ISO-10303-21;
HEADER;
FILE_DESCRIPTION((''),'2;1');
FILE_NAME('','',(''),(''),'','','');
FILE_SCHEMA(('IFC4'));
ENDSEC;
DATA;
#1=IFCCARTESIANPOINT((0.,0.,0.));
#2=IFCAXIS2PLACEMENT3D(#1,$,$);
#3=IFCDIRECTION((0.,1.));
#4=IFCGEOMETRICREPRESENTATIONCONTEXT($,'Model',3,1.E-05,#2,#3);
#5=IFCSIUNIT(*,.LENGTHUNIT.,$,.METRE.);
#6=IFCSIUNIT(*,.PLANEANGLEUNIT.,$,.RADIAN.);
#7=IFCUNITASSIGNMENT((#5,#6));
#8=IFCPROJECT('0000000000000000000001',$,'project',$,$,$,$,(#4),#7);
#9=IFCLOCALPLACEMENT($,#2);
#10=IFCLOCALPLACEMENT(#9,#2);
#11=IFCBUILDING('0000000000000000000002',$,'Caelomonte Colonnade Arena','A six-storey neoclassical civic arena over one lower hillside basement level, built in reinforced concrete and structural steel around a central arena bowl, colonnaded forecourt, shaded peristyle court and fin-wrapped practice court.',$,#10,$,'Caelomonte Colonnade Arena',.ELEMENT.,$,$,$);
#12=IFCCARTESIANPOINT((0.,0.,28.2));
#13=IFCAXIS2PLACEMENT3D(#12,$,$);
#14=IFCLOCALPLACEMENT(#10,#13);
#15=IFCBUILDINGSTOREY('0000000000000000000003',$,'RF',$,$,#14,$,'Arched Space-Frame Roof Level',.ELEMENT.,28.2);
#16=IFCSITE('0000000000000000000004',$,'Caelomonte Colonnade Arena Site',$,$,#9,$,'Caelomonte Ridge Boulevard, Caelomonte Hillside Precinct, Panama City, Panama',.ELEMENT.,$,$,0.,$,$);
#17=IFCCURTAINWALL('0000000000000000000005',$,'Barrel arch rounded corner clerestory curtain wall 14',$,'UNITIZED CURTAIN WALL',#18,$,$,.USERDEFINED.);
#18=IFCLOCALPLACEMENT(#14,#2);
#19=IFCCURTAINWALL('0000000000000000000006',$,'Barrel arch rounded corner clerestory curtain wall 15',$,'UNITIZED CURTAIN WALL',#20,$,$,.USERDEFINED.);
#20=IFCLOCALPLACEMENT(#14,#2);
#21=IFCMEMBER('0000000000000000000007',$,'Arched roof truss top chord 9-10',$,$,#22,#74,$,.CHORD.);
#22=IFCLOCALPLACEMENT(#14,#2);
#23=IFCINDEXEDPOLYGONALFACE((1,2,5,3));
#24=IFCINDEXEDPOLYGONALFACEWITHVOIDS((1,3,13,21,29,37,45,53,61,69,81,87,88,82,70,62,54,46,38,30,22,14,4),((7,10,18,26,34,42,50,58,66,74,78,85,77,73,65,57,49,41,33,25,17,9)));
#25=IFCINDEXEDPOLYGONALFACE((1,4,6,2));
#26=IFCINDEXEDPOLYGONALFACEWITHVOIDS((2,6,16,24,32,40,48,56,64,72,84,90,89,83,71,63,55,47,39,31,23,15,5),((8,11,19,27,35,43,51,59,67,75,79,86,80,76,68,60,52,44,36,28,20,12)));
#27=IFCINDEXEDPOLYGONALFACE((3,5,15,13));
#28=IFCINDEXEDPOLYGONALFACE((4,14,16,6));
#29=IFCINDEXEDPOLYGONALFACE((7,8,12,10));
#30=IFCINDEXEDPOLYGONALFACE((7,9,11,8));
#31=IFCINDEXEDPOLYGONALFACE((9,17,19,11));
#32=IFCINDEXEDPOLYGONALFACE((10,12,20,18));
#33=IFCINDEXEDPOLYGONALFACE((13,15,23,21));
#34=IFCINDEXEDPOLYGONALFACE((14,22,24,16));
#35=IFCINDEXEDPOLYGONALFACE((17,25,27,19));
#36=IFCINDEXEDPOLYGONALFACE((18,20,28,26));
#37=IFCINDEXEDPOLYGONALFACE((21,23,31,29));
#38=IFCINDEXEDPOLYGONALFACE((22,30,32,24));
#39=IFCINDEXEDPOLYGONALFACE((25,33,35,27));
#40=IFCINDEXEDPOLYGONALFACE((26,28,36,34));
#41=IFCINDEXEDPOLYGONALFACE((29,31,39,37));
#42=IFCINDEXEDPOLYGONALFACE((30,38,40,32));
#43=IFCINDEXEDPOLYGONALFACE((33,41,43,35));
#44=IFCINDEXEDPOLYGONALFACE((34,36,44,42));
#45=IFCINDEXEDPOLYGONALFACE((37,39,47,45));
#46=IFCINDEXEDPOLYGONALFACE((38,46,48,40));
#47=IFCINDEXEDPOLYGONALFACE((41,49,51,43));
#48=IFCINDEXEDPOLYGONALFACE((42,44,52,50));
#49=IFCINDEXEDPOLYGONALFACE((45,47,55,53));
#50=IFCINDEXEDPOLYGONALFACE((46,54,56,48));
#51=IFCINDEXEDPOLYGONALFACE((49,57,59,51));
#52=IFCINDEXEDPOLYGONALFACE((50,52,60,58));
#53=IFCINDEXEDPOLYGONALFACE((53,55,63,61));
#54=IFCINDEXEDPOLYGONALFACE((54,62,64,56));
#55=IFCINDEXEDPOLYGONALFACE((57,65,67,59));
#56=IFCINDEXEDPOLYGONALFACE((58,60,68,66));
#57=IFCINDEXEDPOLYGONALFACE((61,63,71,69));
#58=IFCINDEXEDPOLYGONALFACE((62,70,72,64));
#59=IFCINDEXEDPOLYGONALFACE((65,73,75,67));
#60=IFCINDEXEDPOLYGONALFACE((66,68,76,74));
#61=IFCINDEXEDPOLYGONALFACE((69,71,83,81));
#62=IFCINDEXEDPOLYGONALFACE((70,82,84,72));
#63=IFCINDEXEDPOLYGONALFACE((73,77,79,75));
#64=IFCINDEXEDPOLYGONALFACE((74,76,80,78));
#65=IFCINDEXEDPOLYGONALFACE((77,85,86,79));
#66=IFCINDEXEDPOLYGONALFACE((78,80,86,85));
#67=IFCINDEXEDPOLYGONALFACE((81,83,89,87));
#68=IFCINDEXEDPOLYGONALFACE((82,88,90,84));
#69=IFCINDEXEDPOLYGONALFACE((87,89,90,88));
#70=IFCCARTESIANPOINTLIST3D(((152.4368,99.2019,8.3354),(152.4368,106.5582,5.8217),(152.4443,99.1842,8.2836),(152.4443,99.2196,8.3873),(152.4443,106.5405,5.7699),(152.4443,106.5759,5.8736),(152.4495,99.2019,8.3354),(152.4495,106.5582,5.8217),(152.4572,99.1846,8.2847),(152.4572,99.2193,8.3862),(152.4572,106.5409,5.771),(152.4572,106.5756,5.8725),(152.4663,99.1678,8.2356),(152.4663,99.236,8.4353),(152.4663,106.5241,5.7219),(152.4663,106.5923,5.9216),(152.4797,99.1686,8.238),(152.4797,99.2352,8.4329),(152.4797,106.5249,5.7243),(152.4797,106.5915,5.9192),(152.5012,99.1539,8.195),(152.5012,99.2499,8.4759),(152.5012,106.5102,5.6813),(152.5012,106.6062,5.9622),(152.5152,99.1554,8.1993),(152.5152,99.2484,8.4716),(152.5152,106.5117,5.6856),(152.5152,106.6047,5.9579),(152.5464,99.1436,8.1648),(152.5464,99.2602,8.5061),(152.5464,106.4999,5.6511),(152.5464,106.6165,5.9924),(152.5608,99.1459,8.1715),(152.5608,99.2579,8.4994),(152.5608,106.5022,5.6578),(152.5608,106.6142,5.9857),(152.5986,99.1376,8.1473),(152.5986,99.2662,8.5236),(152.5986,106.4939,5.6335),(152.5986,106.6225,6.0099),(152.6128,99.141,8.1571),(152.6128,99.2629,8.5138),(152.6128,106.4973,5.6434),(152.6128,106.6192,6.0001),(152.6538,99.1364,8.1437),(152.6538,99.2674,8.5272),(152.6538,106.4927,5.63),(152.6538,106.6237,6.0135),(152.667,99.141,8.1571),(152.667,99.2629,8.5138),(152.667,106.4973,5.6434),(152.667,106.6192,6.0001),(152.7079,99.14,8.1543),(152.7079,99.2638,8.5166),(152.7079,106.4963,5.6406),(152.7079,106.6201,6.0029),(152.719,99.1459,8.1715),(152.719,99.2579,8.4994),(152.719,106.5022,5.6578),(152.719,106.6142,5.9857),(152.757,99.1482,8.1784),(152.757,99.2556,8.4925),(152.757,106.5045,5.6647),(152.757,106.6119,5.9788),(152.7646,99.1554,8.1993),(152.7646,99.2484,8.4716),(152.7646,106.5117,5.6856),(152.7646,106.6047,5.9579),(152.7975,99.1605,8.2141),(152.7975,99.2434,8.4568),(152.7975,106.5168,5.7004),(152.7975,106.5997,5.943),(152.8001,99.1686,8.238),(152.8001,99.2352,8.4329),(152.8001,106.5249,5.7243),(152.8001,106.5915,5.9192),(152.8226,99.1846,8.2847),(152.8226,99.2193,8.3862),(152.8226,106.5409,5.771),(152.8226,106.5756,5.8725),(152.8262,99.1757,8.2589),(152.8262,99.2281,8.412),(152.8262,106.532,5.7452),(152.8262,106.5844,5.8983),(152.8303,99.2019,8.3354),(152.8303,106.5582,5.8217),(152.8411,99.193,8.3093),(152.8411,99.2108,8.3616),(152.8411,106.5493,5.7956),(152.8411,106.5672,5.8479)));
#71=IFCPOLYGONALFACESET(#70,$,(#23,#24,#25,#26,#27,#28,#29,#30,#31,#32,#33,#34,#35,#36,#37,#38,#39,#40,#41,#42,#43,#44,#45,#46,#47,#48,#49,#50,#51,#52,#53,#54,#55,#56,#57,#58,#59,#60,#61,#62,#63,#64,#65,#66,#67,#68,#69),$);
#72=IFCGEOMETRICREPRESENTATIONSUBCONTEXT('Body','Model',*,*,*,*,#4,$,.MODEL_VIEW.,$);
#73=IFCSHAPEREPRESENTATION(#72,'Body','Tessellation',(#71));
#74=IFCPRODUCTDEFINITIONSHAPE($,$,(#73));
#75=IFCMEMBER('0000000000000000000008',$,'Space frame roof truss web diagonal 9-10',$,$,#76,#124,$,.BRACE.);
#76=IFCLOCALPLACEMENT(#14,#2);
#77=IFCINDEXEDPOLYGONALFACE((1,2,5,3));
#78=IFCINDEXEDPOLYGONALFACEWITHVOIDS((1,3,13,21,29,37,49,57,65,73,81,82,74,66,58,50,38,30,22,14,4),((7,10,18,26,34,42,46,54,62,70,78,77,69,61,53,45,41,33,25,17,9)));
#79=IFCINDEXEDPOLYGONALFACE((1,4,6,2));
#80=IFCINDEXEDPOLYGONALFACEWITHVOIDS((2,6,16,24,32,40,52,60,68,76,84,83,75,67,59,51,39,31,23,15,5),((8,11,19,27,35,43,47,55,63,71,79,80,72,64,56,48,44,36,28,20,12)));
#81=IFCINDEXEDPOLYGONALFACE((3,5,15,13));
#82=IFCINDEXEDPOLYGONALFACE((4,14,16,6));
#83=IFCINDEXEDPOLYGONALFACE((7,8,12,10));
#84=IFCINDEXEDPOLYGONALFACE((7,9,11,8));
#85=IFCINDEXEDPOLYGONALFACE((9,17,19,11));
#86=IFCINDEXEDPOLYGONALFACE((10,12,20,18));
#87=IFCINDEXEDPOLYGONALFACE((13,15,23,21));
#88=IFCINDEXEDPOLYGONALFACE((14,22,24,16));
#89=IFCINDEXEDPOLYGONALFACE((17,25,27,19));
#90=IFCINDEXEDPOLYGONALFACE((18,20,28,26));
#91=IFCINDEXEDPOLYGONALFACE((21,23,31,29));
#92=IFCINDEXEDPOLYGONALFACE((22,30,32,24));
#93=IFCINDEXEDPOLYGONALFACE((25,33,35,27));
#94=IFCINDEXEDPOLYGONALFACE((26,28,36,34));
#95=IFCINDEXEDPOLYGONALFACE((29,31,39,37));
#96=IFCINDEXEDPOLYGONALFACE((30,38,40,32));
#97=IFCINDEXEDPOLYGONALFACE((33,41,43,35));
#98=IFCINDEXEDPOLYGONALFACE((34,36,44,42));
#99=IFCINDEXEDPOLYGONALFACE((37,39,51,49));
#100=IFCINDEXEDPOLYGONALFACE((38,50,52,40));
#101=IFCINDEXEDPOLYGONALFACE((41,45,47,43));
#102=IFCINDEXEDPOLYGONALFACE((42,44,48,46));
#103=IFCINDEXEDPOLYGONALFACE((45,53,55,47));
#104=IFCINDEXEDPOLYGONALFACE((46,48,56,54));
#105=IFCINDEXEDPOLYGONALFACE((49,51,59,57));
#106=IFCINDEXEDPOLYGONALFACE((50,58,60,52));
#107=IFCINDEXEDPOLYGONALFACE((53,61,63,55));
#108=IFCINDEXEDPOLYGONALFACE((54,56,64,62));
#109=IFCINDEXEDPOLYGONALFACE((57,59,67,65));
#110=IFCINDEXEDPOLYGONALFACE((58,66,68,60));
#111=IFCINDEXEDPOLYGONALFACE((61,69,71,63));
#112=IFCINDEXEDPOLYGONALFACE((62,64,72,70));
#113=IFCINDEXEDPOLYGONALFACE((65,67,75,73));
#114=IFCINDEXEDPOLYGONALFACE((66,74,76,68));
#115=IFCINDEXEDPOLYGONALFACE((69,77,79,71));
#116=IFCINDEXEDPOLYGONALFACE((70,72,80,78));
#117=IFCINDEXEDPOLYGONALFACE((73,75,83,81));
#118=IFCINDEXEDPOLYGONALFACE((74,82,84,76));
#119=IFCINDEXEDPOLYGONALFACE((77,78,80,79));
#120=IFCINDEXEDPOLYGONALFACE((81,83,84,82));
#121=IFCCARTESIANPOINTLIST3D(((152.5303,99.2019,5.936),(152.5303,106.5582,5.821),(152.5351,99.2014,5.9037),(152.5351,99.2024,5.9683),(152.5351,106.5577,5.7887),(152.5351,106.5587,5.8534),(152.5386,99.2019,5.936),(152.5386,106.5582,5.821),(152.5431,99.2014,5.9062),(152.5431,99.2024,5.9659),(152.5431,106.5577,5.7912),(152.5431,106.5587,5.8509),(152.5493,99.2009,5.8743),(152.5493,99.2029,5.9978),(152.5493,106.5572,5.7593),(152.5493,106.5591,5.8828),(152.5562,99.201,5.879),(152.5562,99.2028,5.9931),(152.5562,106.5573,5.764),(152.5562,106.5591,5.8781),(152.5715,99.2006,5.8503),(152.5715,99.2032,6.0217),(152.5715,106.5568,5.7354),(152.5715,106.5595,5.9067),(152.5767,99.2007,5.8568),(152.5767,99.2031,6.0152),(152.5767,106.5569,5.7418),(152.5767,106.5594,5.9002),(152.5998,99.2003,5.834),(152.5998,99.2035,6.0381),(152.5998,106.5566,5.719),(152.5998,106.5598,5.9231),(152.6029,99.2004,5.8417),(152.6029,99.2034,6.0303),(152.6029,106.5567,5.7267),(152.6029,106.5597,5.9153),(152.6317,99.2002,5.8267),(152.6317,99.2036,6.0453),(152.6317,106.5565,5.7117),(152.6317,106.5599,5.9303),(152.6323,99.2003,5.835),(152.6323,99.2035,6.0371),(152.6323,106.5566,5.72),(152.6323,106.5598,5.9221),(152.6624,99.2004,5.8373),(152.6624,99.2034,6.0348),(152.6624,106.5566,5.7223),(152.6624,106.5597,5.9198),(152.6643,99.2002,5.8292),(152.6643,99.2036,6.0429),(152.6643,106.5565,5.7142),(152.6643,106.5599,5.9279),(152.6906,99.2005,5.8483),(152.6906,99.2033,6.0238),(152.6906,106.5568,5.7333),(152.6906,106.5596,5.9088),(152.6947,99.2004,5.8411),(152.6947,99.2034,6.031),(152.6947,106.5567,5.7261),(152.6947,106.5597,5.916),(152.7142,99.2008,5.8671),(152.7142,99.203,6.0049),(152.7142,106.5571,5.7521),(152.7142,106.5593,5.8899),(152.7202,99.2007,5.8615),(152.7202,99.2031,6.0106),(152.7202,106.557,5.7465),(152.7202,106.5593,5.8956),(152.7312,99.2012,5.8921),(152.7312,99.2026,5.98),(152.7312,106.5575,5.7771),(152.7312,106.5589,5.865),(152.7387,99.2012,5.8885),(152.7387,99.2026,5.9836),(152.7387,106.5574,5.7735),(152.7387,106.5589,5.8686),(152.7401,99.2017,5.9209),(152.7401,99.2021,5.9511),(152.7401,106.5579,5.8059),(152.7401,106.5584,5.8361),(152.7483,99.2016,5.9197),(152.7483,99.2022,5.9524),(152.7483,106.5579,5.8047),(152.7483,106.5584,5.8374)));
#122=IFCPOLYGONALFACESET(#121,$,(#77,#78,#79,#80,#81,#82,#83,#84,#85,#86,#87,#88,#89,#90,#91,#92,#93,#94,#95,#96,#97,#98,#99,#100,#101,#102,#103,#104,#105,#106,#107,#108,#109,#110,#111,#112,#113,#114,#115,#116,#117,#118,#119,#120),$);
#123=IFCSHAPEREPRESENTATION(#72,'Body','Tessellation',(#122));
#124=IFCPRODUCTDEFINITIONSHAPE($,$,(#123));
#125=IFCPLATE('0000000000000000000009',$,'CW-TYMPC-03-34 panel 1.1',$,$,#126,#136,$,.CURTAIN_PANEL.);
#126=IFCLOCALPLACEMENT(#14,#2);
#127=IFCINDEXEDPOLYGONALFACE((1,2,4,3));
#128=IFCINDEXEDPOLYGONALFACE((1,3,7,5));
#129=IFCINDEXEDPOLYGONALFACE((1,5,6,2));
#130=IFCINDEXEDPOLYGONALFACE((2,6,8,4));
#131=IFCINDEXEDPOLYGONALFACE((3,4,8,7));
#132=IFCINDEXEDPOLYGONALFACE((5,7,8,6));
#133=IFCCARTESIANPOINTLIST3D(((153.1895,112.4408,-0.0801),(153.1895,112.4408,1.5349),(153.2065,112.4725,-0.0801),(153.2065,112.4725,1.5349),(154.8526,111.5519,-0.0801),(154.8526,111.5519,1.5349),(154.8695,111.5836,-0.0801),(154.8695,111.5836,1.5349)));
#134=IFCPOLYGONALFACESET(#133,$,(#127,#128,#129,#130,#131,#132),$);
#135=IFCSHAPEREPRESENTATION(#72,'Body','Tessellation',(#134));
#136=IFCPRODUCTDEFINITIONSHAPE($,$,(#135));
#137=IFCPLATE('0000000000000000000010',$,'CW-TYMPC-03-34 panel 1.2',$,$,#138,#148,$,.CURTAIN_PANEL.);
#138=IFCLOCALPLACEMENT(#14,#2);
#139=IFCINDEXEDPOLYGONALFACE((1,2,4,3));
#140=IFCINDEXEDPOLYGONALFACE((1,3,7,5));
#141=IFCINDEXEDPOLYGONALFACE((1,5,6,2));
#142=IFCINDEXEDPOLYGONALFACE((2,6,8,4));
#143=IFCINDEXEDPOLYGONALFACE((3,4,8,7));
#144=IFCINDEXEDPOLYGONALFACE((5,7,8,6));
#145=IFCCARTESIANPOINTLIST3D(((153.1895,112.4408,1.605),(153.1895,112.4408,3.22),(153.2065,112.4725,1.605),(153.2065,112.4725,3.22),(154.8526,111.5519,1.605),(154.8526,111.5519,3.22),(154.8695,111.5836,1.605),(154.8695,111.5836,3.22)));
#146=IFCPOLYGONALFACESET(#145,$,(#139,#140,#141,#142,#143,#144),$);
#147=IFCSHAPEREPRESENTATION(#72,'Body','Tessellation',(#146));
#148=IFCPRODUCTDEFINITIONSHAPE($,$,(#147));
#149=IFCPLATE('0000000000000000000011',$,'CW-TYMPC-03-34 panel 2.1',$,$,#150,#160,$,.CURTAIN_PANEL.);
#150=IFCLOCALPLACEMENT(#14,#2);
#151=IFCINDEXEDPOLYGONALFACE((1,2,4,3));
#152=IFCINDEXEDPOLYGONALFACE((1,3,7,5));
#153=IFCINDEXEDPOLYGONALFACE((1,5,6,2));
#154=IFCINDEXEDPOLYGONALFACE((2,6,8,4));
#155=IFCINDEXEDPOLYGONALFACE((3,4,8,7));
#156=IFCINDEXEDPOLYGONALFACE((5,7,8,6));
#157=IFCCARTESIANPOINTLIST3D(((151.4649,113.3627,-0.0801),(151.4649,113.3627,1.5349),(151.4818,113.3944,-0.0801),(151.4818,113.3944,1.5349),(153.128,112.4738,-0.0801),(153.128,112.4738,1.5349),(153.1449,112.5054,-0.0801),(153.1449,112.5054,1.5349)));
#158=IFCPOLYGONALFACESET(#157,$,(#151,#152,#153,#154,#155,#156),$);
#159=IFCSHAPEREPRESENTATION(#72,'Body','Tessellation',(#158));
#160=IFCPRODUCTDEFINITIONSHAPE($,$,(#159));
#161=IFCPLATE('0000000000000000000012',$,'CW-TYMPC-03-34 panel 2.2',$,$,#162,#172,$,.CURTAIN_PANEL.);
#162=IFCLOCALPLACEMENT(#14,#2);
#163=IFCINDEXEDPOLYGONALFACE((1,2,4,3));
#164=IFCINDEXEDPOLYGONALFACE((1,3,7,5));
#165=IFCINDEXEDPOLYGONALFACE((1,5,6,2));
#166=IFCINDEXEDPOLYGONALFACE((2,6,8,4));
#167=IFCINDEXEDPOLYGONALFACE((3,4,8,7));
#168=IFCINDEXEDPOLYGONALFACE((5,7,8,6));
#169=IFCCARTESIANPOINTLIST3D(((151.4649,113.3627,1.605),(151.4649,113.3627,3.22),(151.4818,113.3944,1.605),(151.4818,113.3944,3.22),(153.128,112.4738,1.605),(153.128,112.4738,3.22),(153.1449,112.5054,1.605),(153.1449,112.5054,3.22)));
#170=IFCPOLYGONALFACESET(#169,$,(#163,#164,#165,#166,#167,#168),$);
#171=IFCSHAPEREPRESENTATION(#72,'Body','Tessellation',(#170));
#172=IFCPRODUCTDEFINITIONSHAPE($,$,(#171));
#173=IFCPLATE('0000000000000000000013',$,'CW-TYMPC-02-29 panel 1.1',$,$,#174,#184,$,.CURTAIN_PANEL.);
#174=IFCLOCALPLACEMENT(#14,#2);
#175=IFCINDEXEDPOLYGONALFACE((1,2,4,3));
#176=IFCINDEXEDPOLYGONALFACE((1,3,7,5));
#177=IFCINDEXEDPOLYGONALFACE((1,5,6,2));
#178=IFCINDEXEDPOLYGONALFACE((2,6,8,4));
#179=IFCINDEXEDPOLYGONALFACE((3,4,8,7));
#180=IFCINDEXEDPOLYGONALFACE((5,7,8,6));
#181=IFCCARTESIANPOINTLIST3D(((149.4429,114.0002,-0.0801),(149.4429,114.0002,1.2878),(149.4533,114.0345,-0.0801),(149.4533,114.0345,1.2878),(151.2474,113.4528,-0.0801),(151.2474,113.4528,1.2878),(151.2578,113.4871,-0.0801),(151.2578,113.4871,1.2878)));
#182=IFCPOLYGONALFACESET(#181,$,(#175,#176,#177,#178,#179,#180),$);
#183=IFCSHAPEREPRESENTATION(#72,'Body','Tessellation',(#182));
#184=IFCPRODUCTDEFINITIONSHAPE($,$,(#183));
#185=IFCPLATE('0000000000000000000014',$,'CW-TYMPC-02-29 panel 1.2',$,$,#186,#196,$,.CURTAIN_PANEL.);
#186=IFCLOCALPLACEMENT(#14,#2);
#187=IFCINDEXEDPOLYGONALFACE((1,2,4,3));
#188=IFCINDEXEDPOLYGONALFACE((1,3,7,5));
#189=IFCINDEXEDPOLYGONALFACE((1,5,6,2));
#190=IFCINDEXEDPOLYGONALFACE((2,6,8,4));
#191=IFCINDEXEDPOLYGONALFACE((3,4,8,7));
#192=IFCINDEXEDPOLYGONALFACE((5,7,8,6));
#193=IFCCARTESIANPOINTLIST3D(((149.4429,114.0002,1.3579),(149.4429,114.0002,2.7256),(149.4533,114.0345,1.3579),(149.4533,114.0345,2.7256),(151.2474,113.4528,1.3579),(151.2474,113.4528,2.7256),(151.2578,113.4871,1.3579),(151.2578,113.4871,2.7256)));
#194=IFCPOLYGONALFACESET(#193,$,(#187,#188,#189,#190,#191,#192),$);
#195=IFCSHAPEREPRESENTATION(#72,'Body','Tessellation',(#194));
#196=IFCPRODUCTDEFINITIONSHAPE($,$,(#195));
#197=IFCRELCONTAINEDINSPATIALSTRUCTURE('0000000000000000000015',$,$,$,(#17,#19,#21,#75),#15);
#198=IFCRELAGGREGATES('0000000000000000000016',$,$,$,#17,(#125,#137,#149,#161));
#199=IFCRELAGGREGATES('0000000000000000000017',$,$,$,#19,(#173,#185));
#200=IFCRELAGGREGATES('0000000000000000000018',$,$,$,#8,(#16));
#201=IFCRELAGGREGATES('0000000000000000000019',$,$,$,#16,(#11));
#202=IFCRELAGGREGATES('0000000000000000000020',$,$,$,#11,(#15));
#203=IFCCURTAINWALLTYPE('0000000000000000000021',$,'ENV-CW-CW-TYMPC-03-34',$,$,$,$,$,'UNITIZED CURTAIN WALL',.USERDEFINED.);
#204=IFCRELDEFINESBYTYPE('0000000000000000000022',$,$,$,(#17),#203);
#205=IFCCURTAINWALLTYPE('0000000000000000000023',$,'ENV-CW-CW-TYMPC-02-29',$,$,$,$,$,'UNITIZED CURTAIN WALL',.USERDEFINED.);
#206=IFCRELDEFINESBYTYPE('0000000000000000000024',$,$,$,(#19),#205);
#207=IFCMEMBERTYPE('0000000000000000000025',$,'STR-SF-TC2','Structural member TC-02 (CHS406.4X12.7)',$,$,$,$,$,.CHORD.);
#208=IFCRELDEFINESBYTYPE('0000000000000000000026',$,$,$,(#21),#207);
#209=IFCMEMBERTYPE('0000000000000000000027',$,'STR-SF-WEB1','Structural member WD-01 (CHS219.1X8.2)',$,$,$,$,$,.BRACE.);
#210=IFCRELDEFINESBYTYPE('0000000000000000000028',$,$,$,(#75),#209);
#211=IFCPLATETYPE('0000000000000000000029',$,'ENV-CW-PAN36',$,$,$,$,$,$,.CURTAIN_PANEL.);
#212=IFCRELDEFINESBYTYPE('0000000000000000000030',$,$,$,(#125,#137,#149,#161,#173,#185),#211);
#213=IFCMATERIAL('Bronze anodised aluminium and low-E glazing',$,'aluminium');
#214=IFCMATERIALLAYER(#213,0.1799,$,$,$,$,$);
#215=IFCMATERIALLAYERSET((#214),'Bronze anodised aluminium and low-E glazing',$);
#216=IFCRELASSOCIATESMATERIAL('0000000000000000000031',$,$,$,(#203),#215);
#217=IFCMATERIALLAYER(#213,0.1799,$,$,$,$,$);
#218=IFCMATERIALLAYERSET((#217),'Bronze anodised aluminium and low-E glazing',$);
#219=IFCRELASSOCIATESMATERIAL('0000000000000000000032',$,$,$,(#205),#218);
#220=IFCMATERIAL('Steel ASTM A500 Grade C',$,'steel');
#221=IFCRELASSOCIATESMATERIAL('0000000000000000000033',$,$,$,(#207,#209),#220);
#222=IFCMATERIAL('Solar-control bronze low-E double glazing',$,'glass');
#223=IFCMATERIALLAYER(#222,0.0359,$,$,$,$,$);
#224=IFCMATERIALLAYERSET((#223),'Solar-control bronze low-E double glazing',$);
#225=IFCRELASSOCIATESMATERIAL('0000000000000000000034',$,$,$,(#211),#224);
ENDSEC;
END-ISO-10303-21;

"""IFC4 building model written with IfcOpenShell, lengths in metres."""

from ifc_helpers import new_model, si_unit, direction, frame, origin, origin_2d, place, context, subcontext, project, spatial, rectangle, hollow_circle, extrude, material, layer, layer_set, material_profile, profile_set, type_object, element, aggregate, save


model = new_model("IFC4")

# Units and contexts
model_context = context("Model", 3, precision=1e-05, world=origin(), true_north=direction((0.0, 1.0)))
body_context = subcontext(model_context, "Body", "Model", "MODEL_VIEW")
ifc_project = project(units=[si_unit("LENGTHUNIT", "METRE"), si_unit("PLANEANGLEUNIT", "RADIAN")], contexts=[model_context])

# Site, building, storey
site_placement = place(None, origin())
site = spatial("IfcSite", under=ifc_project, at=site_placement, Name="Caelomonte Colonnade Arena Site", LongName="Caelomonte Ridge Boulevard, Caelomonte Hillside Precinct, Panama City, Panama", CompositionType="ELEMENT", RefElevation=0.0)
building_placement = place(site_placement, origin())
building = spatial("IfcBuilding", under=site, at=building_placement, Name="Caelomonte Colonnade Arena", Description="A six-storey neoclassical civic arena over one lower hillside basement level, built in reinforced concrete and structural steel around a central arena bowl, colonnaded forecourt, shaded peristyle court and fin-wrapped practice court.", LongName="Caelomonte Colonnade Arena", CompositionType="ELEMENT")
storey_placement = place(building_placement, frame((0.0, 0.0, 28.2)))
storey = spatial("IfcBuildingStorey", under=building, at=storey_placement, Name="RF", LongName="Arched Space-Frame Roof Level", CompositionType="ELEMENT", Elevation=28.2)

# Shared definitions
ifc_material_1 = material(Name="Bronze anodised aluminium and low-E glazing", Category="aluminium")

# Curtain walls
ifc_layer_1 = layer(ifc_material_1, 0.1799)
ifc_layer_set_1 = layer_set([ifc_layer_1], Name="Bronze anodised aluminium and low-E glazing")
curtain_wall_type_1 = type_object("IfcCurtainWallType", Name="ENV-CW-CW-TYMPC-03-34", ElementType="UNITIZED CURTAIN WALL", PredefinedType="USERDEFINED", material=ifc_layer_set_1)
curtain_wall_1_placement = place(storey_placement, origin())
curtain_wall_1 = element("IfcCurtainWall", 1, at=curtain_wall_1_placement, inside=storey, type_object=curtain_wall_type_1, Name="Barrel arch rounded corner clerestory curtain wall 14", ObjectType="UNITIZED CURTAIN WALL", PredefinedType="USERDEFINED")
ifc_layer_2 = layer(ifc_material_1, 0.1799)
ifc_layer_set_2 = layer_set([ifc_layer_2], Name="Bronze anodised aluminium and low-E glazing")
curtain_wall_type_2 = type_object("IfcCurtainWallType", Name="ENV-CW-CW-TYMPC-02-29", ElementType="UNITIZED CURTAIN WALL", PredefinedType="USERDEFINED", material=ifc_layer_set_2)
curtain_wall_2_placement = place(storey_placement, origin())
curtain_wall_2 = element("IfcCurtainWall", 2, at=curtain_wall_2_placement, inside=storey, type_object=curtain_wall_type_2, Name="Barrel arch rounded corner clerestory curtain wall 15", ObjectType="UNITIZED CURTAIN WALL", PredefinedType="USERDEFINED")

# Members
ifc_material_2 = material(Name="Steel ASTM A500 Grade C", Category="steel")
ifc_material_profile_1 = material_profile(ifc_material_2, hollow_circle(Radius=0.2031, WallThickness=0.0127, at=origin_2d()), Name="CHS406.4X12.7")
ifc_profile_set_1 = profile_set([ifc_material_profile_1], Name="Steel ASTM A500 Grade C")
member_type_1 = type_object("IfcMemberType", Name="STR-SF-TC2", Description="Structural member TC-02 (CHS406.4X12.7)", PredefinedType="CHORD", material=ifc_profile_set_1)
member_1_placement = place(storey_placement, frame((152.6399, 99.2019, 8.3354), z_axis=(0.0, 0.946279, -0.323351), x_axis=(-1.0, 0.0, 0.0)))
element("IfcMember", 3, at=member_1_placement, inside=storey, type_object=member_type_1, Name="Arched roof truss top chord 9-10", PredefinedType="CHORD", context=body_context, shape_type="SweptSolid", body=[
    extrude(hollow_circle(Radius=0.2031, WallThickness=0.0127, at=origin_2d()), origin(), (0.0, 0.0, 1.0), 7.7739),
])
ifc_material_profile_2 = material_profile(ifc_material_2, hollow_circle(Radius=0.1096, WallThickness=0.0083, at=origin_2d()), Name="CHS219.1X8.2")
ifc_profile_set_2 = profile_set([ifc_material_profile_2], Name="Steel ASTM A500 Grade C")
member_type_2 = type_object("IfcMemberType", Name="STR-SF-WEB1", Description="Structural member WD-01 (CHS219.1X8.2)", PredefinedType="BRACE", material=ifc_profile_set_2)
member_2_placement = place(storey_placement, frame((152.6399, 99.2019, 5.936), z_axis=(0.0, 0.999878, -0.01563), x_axis=(-1.0, 0.0, 0.0)))
element("IfcMember", 4, at=member_2_placement, inside=storey, type_object=member_type_2, Name="Space frame roof truss web diagonal 9-10", PredefinedType="BRACE", context=body_context, shape_type="SweptSolid", body=[
    extrude(hollow_circle(Radius=0.1096, WallThickness=0.0083, at=origin_2d()), origin(), (0.0, 0.0, 1.0), 7.3572),
])

# Plates
ifc_material_3 = material(Name="Solar-control bronze low-E double glazing", Category="glass")
ifc_layer_3 = layer(ifc_material_3, 0.0359)
ifc_layer_set_3 = layer_set([ifc_layer_3], Name="Solar-control bronze low-E double glazing")
plate_type_1 = type_object("IfcPlateType", Name="ENV-CW-PAN36", PredefinedType="CURTAIN_PANEL", material=ifc_layer_set_3)
plate_1_placement = place(storey_placement, frame((154.0295, 112.0122, -0.0801), z_axis=(0.0, 0.0, 1.0), x_axis=(-0.881924, 0.471391, 0.0)))
plate_1 = element("IfcPlate", 5, at=plate_1_placement, type_object=plate_type_1, Name="CW-TYMPC-03-34 panel 1.1", PredefinedType="CURTAIN_PANEL", context=body_context, shape_type="SweptSolid", body=[
    extrude(rectangle(XDim=1.8857, YDim=0.0359, at=origin_2d()), origin(), (0.0, 0.0, 1.0), 1.615),
])
plate_2_placement = place(storey_placement, frame((154.0295, 112.0122, 1.605), z_axis=(0.0, 0.0, 1.0), x_axis=(-0.881924, 0.471391, 0.0)))
plate_2 = element("IfcPlate", 6, at=plate_2_placement, type_object=plate_type_1, Name="CW-TYMPC-03-34 panel 1.2", PredefinedType="CURTAIN_PANEL", context=body_context, shape_type="SweptSolid", body=[
    extrude(rectangle(XDim=1.8857, YDim=0.0359, at=origin_2d()), origin(), (0.0, 0.0, 1.0), 1.615),
])
plate_3_placement = place(storey_placement, frame((152.3049, 112.9341, -0.0801), z_axis=(0.0, 0.0, 1.0), x_axis=(-0.881924, 0.471391, 0.0)))
plate_3 = element("IfcPlate", 7, at=plate_3_placement, type_object=plate_type_1, Name="CW-TYMPC-03-34 panel 2.1", PredefinedType="CURTAIN_PANEL", context=body_context, shape_type="SweptSolid", body=[
    extrude(rectangle(XDim=1.8857, YDim=0.0359, at=origin_2d()), origin(), (0.0, 0.0, 1.0), 1.615),
])
plate_4_placement = place(storey_placement, frame((152.3049, 112.9341, 1.605), z_axis=(0.0, 0.0, 1.0), x_axis=(-0.881924, 0.471391, 0.0)))
plate_4 = element("IfcPlate", 8, at=plate_4_placement, type_object=plate_type_1, Name="CW-TYMPC-03-34 panel 2.2", PredefinedType="CURTAIN_PANEL", context=body_context, shape_type="SweptSolid", body=[
    extrude(rectangle(XDim=1.8857, YDim=0.0359, at=origin_2d()), origin(), (0.0, 0.0, 1.0), 1.615),
])
aggregate(curtain_wall_1, [plate_1, plate_2, plate_3, plate_4])
plate_5_placement = place(storey_placement, frame((150.3503, 113.7437, -0.0801), z_axis=(0.0, 0.0, 1.0), x_axis=(-0.956946, 0.290266, 0.0)))
plate_5 = element("IfcPlate", 9, at=plate_5_placement, type_object=plate_type_1, Name="CW-TYMPC-02-29 panel 1.1", PredefinedType="CURTAIN_PANEL", context=body_context, shape_type="SweptSolid", body=[
    extrude(rectangle(XDim=1.8857, YDim=0.0359, at=origin_2d()), origin(), (0.0, 0.0, 1.0), 1.3679),
])
plate_6_placement = place(storey_placement, frame((150.3503, 113.7437, 1.3579), z_axis=(0.0, 0.0, 1.0), x_axis=(-0.956946, 0.290266, 0.0)))
plate_6 = element("IfcPlate", 10, at=plate_6_placement, type_object=plate_type_1, Name="CW-TYMPC-02-29 panel 1.2", PredefinedType="CURTAIN_PANEL", context=body_context, shape_type="SweptSolid", body=[
    extrude(rectangle(XDim=1.8857, YDim=0.0359, at=origin_2d()), origin(), (0.0, 0.0, 1.0), 1.3677),
])
aggregate(curtain_wall_2, [plate_5, plate_6])

save(model, "model.ifc")
